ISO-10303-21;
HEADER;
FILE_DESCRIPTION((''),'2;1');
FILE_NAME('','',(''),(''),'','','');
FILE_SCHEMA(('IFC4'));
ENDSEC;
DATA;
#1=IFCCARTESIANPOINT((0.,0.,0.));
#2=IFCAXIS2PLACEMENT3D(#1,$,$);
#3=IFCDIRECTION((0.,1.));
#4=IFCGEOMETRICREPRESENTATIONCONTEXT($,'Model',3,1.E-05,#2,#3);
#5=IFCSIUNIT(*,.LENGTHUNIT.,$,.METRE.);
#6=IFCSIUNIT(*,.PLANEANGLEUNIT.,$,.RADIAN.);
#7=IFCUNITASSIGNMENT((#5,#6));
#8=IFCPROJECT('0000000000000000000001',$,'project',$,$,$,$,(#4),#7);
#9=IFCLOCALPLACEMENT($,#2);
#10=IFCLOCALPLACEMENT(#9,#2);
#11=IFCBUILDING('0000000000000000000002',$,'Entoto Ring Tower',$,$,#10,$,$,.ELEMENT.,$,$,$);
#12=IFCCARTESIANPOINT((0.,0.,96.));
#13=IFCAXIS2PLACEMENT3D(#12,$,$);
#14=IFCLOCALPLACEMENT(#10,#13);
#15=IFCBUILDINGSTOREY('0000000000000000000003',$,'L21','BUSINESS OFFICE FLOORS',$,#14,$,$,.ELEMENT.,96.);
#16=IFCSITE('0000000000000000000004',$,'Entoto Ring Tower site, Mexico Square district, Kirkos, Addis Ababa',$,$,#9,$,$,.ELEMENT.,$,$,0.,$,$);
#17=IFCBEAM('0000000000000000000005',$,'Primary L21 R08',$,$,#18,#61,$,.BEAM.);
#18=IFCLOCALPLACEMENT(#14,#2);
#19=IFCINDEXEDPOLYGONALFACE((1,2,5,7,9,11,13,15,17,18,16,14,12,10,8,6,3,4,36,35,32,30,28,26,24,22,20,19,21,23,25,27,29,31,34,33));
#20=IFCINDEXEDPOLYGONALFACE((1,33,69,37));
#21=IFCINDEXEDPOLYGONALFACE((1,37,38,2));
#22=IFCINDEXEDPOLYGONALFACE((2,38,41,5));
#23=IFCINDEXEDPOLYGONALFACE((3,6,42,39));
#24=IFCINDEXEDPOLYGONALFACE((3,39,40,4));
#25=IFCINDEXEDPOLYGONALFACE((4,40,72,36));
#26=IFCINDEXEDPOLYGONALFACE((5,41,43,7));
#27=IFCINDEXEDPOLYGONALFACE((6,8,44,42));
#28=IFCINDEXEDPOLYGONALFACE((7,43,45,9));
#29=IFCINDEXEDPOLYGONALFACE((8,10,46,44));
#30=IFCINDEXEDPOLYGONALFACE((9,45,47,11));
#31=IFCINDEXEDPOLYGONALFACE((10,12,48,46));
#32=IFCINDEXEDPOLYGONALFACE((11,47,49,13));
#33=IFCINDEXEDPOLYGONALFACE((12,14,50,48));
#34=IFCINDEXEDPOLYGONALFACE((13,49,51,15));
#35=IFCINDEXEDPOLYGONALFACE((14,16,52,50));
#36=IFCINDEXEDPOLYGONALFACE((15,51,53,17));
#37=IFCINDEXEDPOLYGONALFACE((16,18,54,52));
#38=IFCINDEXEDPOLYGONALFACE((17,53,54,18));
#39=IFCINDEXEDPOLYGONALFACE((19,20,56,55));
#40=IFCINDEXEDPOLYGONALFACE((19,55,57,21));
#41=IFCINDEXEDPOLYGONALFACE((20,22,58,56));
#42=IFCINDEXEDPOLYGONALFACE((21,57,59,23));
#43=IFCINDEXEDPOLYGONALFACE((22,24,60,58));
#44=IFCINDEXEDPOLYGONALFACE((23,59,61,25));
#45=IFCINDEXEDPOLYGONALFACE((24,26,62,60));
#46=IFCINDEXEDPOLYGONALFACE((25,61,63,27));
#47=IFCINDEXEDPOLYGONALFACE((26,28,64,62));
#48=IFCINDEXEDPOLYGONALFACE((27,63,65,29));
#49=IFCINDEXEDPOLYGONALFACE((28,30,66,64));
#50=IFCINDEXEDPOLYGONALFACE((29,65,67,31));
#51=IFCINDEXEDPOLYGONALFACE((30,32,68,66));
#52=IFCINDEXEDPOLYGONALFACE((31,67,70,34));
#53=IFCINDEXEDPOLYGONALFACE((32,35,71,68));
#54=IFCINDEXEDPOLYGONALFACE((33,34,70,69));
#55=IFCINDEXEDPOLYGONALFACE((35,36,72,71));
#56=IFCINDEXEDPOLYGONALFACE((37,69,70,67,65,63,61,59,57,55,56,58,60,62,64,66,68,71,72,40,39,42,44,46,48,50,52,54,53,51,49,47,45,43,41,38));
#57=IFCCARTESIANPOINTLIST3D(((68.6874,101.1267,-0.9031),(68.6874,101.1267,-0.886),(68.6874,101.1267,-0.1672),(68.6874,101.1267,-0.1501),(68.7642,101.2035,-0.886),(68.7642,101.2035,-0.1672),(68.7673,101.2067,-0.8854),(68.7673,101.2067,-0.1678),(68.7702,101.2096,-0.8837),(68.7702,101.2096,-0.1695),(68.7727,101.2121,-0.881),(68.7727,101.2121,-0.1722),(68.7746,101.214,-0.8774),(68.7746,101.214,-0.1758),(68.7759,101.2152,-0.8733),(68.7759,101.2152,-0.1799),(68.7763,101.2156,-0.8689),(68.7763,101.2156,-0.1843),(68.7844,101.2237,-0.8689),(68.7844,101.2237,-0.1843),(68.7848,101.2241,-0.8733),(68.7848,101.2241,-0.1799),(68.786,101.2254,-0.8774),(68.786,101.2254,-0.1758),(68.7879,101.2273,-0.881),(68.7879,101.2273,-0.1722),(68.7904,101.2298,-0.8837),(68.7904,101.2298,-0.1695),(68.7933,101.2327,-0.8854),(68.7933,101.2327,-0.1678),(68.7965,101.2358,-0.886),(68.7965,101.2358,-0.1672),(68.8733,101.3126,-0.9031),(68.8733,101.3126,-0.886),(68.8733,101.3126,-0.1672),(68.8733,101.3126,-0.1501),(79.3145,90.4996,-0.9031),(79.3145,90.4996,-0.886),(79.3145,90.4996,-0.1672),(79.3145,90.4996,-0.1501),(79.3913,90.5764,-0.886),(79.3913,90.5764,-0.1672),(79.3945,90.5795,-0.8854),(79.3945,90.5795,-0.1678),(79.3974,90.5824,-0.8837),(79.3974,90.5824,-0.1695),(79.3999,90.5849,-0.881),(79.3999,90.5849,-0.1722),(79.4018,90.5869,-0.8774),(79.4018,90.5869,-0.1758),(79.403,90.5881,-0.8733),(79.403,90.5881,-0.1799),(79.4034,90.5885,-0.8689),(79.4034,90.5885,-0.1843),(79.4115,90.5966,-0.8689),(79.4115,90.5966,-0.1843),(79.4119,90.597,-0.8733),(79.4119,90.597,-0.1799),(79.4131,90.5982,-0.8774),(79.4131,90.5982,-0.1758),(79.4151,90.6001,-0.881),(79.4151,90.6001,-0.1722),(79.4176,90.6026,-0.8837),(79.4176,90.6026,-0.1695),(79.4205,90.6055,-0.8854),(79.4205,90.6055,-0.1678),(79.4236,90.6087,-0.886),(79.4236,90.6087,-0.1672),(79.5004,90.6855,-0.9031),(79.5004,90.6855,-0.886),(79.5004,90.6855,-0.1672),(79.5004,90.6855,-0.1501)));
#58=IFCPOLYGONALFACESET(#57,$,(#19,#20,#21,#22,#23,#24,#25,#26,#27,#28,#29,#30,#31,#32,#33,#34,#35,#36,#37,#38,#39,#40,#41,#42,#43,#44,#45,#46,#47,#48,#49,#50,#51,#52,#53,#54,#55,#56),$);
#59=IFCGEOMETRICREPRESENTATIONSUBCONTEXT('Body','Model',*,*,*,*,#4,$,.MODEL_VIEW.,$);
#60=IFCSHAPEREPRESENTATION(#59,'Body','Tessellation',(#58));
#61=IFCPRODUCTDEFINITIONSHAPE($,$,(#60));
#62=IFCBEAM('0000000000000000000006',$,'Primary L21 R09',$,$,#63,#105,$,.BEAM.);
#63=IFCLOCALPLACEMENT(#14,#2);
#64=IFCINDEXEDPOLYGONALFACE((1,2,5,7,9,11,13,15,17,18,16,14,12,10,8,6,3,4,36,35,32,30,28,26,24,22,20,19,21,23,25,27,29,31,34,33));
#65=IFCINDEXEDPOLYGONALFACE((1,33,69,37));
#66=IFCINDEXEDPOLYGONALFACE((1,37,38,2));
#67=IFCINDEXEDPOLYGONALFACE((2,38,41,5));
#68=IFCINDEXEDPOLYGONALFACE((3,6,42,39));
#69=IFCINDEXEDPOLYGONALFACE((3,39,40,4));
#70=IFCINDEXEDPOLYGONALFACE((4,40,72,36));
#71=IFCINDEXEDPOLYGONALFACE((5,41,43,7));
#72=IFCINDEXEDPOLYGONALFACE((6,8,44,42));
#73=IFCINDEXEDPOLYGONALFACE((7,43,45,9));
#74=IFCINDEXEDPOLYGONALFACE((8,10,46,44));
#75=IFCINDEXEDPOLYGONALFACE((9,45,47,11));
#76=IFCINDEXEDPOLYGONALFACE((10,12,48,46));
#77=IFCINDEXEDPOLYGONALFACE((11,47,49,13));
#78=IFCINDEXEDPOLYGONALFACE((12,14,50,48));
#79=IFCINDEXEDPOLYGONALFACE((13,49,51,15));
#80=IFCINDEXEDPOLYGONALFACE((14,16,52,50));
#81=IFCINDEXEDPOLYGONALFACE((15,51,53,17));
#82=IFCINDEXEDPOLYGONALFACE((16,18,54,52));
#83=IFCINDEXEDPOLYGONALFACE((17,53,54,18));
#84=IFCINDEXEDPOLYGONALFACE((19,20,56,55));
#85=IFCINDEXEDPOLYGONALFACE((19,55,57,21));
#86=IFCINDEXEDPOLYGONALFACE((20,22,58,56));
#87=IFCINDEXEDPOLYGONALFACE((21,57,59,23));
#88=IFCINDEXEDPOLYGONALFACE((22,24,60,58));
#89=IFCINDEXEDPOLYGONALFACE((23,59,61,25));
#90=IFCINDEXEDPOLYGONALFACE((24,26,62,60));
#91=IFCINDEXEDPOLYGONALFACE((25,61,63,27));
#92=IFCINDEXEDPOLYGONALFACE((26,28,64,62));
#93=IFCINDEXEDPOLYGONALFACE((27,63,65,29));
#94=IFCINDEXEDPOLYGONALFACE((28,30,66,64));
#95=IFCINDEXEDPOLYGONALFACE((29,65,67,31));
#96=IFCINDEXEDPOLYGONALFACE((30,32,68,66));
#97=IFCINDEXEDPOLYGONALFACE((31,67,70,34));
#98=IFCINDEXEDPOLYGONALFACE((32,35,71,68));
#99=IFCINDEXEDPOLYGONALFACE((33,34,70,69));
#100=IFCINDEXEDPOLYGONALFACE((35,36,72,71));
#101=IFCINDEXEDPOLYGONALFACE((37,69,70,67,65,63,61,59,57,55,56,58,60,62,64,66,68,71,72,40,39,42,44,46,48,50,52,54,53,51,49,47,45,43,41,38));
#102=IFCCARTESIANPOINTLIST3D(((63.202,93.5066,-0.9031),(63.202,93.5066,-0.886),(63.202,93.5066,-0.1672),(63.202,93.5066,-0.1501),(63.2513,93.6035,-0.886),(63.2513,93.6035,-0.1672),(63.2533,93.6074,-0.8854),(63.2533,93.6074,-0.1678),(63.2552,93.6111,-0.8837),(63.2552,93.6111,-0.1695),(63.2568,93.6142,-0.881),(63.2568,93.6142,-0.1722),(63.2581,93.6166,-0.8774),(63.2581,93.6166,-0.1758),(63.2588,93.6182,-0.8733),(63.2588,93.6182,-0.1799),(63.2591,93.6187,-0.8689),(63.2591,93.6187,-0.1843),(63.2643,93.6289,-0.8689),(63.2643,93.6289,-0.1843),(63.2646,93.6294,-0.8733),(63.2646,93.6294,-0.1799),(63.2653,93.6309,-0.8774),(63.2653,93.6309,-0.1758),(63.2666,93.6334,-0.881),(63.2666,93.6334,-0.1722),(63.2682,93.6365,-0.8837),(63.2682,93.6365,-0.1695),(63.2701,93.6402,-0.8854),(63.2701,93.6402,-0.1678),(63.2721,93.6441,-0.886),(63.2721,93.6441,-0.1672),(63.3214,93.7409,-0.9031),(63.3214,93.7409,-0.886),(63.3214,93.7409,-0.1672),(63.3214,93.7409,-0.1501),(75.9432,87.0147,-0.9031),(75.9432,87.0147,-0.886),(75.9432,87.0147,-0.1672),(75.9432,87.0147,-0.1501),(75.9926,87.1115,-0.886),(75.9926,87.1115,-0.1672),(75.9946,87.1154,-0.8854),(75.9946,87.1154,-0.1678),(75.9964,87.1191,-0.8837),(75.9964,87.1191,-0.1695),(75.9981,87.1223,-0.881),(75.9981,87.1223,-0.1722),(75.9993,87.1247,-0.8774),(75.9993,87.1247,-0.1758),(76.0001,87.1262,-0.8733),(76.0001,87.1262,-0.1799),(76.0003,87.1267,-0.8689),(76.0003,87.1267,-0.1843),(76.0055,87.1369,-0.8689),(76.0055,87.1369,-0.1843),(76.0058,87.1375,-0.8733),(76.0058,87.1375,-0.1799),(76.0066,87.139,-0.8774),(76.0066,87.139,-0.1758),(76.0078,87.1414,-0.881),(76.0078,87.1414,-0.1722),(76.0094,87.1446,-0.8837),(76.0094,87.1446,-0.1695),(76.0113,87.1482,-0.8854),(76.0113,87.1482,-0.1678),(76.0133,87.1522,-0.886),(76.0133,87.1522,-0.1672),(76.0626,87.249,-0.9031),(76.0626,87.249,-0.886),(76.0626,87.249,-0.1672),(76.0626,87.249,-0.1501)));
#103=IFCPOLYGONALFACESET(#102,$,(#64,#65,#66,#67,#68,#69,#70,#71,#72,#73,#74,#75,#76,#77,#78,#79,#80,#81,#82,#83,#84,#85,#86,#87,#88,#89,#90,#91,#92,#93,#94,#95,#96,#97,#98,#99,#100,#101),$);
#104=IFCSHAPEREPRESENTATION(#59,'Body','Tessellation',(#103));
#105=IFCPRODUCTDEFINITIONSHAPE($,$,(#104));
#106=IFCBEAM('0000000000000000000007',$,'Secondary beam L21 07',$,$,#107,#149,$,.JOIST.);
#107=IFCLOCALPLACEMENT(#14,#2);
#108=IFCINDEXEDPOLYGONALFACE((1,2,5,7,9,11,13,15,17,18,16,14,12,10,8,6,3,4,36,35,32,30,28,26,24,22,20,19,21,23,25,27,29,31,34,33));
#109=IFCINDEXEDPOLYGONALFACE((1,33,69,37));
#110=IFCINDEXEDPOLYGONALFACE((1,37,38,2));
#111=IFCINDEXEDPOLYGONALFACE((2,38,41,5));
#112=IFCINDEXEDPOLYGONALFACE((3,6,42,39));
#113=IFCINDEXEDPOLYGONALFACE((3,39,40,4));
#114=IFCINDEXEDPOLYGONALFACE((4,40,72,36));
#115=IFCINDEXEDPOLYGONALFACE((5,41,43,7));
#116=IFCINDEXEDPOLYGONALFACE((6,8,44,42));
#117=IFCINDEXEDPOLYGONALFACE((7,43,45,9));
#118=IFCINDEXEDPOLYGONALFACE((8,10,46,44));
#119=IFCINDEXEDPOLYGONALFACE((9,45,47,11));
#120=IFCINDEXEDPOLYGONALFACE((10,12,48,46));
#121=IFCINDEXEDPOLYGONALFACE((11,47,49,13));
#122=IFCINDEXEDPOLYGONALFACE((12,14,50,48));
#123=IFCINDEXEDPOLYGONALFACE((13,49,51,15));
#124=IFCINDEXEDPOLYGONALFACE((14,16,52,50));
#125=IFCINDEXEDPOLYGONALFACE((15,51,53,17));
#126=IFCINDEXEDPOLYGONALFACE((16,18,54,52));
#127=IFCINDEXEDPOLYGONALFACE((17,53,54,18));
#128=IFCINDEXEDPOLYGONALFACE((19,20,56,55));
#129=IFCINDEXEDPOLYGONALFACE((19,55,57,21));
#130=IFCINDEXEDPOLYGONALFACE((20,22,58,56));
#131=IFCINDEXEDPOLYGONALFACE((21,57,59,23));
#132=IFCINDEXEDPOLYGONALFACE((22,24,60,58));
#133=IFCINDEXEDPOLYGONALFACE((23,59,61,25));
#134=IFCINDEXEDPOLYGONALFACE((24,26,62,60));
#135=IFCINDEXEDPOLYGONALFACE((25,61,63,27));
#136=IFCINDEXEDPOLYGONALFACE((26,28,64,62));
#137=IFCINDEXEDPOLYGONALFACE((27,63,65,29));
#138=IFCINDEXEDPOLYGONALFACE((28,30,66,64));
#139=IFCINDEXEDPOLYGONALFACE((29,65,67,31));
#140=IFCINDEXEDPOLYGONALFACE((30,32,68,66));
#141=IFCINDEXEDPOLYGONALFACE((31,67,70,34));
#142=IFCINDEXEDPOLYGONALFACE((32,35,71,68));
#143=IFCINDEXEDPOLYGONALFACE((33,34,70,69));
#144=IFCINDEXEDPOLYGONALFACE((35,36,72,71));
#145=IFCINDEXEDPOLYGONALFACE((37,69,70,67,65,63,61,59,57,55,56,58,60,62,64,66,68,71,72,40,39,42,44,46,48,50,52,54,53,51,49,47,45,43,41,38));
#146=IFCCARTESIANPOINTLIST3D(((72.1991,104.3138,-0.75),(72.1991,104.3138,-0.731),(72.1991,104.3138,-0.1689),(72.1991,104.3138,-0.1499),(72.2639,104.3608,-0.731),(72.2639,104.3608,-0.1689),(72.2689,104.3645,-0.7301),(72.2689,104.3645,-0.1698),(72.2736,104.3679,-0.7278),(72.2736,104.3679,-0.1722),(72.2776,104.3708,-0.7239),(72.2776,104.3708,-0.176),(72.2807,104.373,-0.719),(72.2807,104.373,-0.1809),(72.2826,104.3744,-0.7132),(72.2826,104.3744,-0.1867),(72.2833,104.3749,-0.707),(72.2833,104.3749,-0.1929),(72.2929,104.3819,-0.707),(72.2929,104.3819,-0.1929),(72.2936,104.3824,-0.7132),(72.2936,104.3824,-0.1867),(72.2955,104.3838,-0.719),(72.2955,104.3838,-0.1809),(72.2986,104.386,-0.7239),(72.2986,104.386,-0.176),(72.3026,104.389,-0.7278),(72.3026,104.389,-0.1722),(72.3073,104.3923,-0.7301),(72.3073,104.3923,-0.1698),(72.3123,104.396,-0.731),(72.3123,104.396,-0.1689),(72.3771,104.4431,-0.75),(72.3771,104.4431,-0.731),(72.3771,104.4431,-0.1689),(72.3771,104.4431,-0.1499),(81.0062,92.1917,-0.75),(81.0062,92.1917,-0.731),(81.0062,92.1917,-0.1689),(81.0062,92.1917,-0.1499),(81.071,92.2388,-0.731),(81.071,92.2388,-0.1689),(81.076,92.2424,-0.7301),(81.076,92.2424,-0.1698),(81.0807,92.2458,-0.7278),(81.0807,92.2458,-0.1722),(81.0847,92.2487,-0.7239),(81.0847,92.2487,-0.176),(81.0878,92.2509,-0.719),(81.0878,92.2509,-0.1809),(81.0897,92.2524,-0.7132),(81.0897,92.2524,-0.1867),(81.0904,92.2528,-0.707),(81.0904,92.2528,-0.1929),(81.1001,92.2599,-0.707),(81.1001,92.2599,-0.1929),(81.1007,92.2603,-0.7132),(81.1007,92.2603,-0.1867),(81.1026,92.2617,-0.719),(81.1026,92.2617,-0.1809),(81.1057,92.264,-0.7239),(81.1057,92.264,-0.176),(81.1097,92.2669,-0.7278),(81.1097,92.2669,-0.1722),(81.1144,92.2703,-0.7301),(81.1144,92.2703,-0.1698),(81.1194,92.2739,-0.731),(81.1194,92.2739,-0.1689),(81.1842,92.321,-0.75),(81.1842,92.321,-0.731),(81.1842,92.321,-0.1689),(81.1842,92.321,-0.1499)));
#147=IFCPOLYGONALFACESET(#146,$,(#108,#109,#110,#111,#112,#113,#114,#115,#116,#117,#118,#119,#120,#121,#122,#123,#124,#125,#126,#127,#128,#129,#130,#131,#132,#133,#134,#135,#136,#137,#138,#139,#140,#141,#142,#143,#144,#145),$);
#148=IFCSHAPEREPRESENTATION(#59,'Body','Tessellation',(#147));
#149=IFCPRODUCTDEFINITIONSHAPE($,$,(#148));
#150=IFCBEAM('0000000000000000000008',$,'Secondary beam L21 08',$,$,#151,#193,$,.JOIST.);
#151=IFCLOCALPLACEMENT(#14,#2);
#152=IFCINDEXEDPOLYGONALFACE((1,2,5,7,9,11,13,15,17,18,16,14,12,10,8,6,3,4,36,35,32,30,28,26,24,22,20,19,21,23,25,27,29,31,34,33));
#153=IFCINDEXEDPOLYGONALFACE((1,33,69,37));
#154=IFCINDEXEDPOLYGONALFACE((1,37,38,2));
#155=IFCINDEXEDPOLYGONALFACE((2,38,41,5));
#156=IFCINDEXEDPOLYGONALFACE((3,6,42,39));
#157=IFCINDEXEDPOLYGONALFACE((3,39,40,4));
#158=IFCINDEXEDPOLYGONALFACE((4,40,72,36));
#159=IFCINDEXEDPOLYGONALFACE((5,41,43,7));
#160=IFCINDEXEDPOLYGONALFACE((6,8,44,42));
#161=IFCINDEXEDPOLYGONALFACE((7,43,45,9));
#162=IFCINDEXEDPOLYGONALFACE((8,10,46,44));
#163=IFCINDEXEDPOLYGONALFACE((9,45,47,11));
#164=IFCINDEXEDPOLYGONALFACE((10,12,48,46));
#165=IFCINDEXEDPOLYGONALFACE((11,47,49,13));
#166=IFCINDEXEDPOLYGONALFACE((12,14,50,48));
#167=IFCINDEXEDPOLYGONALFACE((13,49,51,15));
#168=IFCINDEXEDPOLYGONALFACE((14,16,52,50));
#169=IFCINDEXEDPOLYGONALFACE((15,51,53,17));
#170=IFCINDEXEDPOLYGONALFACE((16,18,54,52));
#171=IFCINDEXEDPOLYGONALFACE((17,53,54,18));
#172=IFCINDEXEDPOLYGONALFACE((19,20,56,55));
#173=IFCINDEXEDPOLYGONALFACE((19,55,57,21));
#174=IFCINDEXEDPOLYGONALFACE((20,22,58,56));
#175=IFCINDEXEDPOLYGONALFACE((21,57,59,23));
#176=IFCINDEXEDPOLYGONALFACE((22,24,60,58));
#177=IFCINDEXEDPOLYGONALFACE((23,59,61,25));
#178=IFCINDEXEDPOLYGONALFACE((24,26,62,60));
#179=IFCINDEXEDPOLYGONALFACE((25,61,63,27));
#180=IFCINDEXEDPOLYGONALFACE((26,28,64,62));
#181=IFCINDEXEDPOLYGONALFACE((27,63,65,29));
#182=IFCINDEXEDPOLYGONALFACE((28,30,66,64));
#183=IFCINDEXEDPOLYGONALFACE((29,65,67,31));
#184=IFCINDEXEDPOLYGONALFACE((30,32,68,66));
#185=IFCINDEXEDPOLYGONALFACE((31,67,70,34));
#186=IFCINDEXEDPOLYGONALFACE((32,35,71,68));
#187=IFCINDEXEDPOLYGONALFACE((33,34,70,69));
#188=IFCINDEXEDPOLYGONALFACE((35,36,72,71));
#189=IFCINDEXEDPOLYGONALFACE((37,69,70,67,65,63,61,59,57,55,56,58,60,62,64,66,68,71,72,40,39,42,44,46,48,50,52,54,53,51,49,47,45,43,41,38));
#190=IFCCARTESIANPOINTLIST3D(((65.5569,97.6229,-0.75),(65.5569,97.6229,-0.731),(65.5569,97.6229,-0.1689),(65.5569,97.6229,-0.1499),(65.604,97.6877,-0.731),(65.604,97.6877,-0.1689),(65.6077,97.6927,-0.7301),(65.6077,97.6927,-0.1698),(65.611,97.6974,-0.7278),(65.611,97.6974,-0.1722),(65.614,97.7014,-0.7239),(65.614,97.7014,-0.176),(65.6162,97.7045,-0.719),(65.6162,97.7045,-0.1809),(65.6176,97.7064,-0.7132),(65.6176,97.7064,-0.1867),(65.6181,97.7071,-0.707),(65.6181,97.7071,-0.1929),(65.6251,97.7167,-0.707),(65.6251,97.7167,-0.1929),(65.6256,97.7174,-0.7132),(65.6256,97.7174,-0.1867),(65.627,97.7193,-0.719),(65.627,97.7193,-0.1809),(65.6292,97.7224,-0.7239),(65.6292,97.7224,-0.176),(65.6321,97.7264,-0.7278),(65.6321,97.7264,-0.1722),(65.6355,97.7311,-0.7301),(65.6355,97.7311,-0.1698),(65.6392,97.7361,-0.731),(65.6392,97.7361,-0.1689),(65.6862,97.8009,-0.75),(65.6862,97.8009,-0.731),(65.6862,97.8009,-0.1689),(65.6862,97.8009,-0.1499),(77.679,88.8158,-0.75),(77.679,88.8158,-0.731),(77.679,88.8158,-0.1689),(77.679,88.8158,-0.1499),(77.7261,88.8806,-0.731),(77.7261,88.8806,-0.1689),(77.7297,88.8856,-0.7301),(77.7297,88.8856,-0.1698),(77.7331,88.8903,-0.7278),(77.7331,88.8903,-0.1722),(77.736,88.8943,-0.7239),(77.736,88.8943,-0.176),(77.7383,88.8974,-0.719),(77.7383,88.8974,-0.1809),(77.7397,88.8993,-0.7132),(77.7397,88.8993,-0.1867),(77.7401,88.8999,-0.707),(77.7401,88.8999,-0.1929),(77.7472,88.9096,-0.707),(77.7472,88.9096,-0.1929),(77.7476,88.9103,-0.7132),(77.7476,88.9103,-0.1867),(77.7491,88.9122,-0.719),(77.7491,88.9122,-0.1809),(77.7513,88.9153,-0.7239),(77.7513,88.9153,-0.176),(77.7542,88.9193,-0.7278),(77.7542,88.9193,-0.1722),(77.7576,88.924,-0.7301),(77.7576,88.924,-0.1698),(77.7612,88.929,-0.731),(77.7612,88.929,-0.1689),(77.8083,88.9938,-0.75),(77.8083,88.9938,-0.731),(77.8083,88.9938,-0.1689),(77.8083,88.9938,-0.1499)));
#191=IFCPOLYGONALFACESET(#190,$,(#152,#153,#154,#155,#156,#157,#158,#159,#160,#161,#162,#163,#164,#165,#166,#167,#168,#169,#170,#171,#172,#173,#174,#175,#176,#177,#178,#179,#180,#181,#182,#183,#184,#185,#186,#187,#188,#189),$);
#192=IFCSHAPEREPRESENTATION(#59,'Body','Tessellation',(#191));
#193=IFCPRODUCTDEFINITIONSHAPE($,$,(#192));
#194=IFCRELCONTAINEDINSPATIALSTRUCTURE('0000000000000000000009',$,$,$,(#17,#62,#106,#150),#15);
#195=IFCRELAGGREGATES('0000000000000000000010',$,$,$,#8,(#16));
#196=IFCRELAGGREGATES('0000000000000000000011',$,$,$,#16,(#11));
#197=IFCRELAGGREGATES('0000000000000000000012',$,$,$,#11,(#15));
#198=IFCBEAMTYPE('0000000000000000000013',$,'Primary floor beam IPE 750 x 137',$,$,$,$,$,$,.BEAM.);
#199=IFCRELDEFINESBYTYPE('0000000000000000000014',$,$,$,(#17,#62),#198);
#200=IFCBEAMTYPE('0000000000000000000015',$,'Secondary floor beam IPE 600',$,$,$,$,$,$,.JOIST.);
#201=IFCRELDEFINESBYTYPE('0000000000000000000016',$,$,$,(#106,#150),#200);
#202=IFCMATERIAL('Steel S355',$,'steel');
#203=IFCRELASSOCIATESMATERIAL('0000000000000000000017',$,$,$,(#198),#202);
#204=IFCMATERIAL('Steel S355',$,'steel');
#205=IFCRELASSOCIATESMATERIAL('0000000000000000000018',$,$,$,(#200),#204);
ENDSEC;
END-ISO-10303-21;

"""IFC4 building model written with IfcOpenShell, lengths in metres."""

from ifc_helpers import new_model, si_unit, direction, frame, origin, origin_2d, place, context, subcontext, project, spatial, i_section, extrude, material, material_profile, profile_set, type_object, element, save


model = new_model("IFC4")

# Units and contexts
model_context = context("Model", 3, precision=1e-05, world=origin(), true_north=direction((0.0, 1.0)))
body_context = subcontext(model_context, "Body", "Model", "MODEL_VIEW")
ifc_project = project(units=[si_unit("LENGTHUNIT", "METRE"), si_unit("PLANEANGLEUNIT", "RADIAN")], contexts=[model_context])

# Site, building, storey
site_placement = place(None, origin())
site = spatial("IfcSite", under=ifc_project, at=site_placement, Name="Entoto Ring Tower site, Mexico Square district, Kirkos, Addis Ababa", CompositionType="ELEMENT", RefElevation=0.0)
building_placement = place(site_placement, origin())
building = spatial("IfcBuilding", under=site, at=building_placement, Name="Entoto Ring Tower", CompositionType="ELEMENT")
storey_placement = place(building_placement, frame((0.0, 0.0, 96.0)))
storey = spatial("IfcBuildingStorey", under=building, at=storey_placement, Name="L21", Description="BUSINESS OFFICE FLOORS", CompositionType="ELEMENT", Elevation=96.0)

# Beams
ifc_material_1 = material(Name="Steel S355", Category="steel")
ifc_material_profile_1 = material_profile(ifc_material_1, i_section(OverallWidth=0.2629, OverallDepth=0.7529, WebThickness=0.0115, FlangeThickness=0.0171, FilletRadius=0.0171, at=origin_2d()), Name="IPE 750 x 137")
ifc_profile_set_1 = profile_set([ifc_material_profile_1], Name="Steel S355")
beam_type_1 = type_object("IfcBeamType", Name="Primary floor beam IPE 750 x 137", PredefinedType="BEAM", material=ifc_profile_set_1)
beam_1_placement = place(storey_placement, frame((79.4075, 90.5925, -0.5266), z_axis=(-0.707107, 0.707107, 0.0), x_axis=(-0.707107, -0.707107, 0.0)))
element("IfcBeam", 1, at=beam_1_placement, inside=storey, type_object=beam_type_1, Name="Primary L21 R08", PredefinedType="BEAM", context=body_context, shape_type="SweptSolid", body=[
    extrude(i_section(OverallWidth=0.2629, OverallDepth=0.7529, WebThickness=0.0115, FlangeThickness=0.0171, FilletRadius=0.0171, at=origin_2d()), origin(), (0.0, 0.0, 1.0), 15.0291),
])
beam_2_placement = place(storey_placement, frame((76.0029, 87.1318, -0.5266), z_axis=(-0.891007, 0.453989, 0.0), x_axis=(-0.453989, -0.891007, 0.0)))
element("IfcBeam", 2, at=beam_2_placement, inside=storey, type_object=beam_type_1, Name="Primary L21 R09", PredefinedType="BEAM", context=body_context, shape_type="SweptSolid", body=[
    extrude(i_section(OverallWidth=0.2629, OverallDepth=0.7529, WebThickness=0.0115, FlangeThickness=0.0171, FilletRadius=0.0171, at=origin_2d()), origin(), (0.0, 0.0, 1.0), 14.2998),
])
ifc_material_2 = material(Name="Steel S355", Category="steel")
ifc_material_profile_2 = material_profile(ifc_material_2, i_section(OverallWidth=0.22, OverallDepth=0.6001, WebThickness=0.012, FlangeThickness=0.019, FilletRadius=0.0239, at=origin_2d()), Name="IPE 600")
ifc_profile_set_2 = profile_set([ifc_material_profile_2], Name="Steel S355")
beam_type_2 = type_object("IfcBeamType", Name="Secondary floor beam IPE 600", PredefinedType="JOIST", material=ifc_profile_set_2)
for number, where, z_axis, x_axis, name in (
    (3, (81.0952, 92.2563, -0.45), (-0.587782, 0.809019, 0.0), (-0.809019, -0.587782, 0.0), "Secondary beam L21 07"),
    (4, (77.7437, 88.9048, -0.45), (-0.809019, 0.587782, 0.0), (-0.587782, -0.809019, 0.0), "Secondary beam L21 08"),
):
    element("IfcBeam", number, at=place(storey_placement, frame(where, z_axis=z_axis, x_axis=x_axis)), inside=storey, type_object=beam_type_2, Name=name, PredefinedType="JOIST", context=body_context, shape_type="SweptSolid", body=[
        extrude(i_section(OverallWidth=0.22, OverallDepth=0.6001, WebThickness=0.012, FlangeThickness=0.019, FilletRadius=0.0239, at=origin_2d()), origin(), (0.0, 0.0, 1.0), 14.9836),
    ])

save(model, "model.ifc")
